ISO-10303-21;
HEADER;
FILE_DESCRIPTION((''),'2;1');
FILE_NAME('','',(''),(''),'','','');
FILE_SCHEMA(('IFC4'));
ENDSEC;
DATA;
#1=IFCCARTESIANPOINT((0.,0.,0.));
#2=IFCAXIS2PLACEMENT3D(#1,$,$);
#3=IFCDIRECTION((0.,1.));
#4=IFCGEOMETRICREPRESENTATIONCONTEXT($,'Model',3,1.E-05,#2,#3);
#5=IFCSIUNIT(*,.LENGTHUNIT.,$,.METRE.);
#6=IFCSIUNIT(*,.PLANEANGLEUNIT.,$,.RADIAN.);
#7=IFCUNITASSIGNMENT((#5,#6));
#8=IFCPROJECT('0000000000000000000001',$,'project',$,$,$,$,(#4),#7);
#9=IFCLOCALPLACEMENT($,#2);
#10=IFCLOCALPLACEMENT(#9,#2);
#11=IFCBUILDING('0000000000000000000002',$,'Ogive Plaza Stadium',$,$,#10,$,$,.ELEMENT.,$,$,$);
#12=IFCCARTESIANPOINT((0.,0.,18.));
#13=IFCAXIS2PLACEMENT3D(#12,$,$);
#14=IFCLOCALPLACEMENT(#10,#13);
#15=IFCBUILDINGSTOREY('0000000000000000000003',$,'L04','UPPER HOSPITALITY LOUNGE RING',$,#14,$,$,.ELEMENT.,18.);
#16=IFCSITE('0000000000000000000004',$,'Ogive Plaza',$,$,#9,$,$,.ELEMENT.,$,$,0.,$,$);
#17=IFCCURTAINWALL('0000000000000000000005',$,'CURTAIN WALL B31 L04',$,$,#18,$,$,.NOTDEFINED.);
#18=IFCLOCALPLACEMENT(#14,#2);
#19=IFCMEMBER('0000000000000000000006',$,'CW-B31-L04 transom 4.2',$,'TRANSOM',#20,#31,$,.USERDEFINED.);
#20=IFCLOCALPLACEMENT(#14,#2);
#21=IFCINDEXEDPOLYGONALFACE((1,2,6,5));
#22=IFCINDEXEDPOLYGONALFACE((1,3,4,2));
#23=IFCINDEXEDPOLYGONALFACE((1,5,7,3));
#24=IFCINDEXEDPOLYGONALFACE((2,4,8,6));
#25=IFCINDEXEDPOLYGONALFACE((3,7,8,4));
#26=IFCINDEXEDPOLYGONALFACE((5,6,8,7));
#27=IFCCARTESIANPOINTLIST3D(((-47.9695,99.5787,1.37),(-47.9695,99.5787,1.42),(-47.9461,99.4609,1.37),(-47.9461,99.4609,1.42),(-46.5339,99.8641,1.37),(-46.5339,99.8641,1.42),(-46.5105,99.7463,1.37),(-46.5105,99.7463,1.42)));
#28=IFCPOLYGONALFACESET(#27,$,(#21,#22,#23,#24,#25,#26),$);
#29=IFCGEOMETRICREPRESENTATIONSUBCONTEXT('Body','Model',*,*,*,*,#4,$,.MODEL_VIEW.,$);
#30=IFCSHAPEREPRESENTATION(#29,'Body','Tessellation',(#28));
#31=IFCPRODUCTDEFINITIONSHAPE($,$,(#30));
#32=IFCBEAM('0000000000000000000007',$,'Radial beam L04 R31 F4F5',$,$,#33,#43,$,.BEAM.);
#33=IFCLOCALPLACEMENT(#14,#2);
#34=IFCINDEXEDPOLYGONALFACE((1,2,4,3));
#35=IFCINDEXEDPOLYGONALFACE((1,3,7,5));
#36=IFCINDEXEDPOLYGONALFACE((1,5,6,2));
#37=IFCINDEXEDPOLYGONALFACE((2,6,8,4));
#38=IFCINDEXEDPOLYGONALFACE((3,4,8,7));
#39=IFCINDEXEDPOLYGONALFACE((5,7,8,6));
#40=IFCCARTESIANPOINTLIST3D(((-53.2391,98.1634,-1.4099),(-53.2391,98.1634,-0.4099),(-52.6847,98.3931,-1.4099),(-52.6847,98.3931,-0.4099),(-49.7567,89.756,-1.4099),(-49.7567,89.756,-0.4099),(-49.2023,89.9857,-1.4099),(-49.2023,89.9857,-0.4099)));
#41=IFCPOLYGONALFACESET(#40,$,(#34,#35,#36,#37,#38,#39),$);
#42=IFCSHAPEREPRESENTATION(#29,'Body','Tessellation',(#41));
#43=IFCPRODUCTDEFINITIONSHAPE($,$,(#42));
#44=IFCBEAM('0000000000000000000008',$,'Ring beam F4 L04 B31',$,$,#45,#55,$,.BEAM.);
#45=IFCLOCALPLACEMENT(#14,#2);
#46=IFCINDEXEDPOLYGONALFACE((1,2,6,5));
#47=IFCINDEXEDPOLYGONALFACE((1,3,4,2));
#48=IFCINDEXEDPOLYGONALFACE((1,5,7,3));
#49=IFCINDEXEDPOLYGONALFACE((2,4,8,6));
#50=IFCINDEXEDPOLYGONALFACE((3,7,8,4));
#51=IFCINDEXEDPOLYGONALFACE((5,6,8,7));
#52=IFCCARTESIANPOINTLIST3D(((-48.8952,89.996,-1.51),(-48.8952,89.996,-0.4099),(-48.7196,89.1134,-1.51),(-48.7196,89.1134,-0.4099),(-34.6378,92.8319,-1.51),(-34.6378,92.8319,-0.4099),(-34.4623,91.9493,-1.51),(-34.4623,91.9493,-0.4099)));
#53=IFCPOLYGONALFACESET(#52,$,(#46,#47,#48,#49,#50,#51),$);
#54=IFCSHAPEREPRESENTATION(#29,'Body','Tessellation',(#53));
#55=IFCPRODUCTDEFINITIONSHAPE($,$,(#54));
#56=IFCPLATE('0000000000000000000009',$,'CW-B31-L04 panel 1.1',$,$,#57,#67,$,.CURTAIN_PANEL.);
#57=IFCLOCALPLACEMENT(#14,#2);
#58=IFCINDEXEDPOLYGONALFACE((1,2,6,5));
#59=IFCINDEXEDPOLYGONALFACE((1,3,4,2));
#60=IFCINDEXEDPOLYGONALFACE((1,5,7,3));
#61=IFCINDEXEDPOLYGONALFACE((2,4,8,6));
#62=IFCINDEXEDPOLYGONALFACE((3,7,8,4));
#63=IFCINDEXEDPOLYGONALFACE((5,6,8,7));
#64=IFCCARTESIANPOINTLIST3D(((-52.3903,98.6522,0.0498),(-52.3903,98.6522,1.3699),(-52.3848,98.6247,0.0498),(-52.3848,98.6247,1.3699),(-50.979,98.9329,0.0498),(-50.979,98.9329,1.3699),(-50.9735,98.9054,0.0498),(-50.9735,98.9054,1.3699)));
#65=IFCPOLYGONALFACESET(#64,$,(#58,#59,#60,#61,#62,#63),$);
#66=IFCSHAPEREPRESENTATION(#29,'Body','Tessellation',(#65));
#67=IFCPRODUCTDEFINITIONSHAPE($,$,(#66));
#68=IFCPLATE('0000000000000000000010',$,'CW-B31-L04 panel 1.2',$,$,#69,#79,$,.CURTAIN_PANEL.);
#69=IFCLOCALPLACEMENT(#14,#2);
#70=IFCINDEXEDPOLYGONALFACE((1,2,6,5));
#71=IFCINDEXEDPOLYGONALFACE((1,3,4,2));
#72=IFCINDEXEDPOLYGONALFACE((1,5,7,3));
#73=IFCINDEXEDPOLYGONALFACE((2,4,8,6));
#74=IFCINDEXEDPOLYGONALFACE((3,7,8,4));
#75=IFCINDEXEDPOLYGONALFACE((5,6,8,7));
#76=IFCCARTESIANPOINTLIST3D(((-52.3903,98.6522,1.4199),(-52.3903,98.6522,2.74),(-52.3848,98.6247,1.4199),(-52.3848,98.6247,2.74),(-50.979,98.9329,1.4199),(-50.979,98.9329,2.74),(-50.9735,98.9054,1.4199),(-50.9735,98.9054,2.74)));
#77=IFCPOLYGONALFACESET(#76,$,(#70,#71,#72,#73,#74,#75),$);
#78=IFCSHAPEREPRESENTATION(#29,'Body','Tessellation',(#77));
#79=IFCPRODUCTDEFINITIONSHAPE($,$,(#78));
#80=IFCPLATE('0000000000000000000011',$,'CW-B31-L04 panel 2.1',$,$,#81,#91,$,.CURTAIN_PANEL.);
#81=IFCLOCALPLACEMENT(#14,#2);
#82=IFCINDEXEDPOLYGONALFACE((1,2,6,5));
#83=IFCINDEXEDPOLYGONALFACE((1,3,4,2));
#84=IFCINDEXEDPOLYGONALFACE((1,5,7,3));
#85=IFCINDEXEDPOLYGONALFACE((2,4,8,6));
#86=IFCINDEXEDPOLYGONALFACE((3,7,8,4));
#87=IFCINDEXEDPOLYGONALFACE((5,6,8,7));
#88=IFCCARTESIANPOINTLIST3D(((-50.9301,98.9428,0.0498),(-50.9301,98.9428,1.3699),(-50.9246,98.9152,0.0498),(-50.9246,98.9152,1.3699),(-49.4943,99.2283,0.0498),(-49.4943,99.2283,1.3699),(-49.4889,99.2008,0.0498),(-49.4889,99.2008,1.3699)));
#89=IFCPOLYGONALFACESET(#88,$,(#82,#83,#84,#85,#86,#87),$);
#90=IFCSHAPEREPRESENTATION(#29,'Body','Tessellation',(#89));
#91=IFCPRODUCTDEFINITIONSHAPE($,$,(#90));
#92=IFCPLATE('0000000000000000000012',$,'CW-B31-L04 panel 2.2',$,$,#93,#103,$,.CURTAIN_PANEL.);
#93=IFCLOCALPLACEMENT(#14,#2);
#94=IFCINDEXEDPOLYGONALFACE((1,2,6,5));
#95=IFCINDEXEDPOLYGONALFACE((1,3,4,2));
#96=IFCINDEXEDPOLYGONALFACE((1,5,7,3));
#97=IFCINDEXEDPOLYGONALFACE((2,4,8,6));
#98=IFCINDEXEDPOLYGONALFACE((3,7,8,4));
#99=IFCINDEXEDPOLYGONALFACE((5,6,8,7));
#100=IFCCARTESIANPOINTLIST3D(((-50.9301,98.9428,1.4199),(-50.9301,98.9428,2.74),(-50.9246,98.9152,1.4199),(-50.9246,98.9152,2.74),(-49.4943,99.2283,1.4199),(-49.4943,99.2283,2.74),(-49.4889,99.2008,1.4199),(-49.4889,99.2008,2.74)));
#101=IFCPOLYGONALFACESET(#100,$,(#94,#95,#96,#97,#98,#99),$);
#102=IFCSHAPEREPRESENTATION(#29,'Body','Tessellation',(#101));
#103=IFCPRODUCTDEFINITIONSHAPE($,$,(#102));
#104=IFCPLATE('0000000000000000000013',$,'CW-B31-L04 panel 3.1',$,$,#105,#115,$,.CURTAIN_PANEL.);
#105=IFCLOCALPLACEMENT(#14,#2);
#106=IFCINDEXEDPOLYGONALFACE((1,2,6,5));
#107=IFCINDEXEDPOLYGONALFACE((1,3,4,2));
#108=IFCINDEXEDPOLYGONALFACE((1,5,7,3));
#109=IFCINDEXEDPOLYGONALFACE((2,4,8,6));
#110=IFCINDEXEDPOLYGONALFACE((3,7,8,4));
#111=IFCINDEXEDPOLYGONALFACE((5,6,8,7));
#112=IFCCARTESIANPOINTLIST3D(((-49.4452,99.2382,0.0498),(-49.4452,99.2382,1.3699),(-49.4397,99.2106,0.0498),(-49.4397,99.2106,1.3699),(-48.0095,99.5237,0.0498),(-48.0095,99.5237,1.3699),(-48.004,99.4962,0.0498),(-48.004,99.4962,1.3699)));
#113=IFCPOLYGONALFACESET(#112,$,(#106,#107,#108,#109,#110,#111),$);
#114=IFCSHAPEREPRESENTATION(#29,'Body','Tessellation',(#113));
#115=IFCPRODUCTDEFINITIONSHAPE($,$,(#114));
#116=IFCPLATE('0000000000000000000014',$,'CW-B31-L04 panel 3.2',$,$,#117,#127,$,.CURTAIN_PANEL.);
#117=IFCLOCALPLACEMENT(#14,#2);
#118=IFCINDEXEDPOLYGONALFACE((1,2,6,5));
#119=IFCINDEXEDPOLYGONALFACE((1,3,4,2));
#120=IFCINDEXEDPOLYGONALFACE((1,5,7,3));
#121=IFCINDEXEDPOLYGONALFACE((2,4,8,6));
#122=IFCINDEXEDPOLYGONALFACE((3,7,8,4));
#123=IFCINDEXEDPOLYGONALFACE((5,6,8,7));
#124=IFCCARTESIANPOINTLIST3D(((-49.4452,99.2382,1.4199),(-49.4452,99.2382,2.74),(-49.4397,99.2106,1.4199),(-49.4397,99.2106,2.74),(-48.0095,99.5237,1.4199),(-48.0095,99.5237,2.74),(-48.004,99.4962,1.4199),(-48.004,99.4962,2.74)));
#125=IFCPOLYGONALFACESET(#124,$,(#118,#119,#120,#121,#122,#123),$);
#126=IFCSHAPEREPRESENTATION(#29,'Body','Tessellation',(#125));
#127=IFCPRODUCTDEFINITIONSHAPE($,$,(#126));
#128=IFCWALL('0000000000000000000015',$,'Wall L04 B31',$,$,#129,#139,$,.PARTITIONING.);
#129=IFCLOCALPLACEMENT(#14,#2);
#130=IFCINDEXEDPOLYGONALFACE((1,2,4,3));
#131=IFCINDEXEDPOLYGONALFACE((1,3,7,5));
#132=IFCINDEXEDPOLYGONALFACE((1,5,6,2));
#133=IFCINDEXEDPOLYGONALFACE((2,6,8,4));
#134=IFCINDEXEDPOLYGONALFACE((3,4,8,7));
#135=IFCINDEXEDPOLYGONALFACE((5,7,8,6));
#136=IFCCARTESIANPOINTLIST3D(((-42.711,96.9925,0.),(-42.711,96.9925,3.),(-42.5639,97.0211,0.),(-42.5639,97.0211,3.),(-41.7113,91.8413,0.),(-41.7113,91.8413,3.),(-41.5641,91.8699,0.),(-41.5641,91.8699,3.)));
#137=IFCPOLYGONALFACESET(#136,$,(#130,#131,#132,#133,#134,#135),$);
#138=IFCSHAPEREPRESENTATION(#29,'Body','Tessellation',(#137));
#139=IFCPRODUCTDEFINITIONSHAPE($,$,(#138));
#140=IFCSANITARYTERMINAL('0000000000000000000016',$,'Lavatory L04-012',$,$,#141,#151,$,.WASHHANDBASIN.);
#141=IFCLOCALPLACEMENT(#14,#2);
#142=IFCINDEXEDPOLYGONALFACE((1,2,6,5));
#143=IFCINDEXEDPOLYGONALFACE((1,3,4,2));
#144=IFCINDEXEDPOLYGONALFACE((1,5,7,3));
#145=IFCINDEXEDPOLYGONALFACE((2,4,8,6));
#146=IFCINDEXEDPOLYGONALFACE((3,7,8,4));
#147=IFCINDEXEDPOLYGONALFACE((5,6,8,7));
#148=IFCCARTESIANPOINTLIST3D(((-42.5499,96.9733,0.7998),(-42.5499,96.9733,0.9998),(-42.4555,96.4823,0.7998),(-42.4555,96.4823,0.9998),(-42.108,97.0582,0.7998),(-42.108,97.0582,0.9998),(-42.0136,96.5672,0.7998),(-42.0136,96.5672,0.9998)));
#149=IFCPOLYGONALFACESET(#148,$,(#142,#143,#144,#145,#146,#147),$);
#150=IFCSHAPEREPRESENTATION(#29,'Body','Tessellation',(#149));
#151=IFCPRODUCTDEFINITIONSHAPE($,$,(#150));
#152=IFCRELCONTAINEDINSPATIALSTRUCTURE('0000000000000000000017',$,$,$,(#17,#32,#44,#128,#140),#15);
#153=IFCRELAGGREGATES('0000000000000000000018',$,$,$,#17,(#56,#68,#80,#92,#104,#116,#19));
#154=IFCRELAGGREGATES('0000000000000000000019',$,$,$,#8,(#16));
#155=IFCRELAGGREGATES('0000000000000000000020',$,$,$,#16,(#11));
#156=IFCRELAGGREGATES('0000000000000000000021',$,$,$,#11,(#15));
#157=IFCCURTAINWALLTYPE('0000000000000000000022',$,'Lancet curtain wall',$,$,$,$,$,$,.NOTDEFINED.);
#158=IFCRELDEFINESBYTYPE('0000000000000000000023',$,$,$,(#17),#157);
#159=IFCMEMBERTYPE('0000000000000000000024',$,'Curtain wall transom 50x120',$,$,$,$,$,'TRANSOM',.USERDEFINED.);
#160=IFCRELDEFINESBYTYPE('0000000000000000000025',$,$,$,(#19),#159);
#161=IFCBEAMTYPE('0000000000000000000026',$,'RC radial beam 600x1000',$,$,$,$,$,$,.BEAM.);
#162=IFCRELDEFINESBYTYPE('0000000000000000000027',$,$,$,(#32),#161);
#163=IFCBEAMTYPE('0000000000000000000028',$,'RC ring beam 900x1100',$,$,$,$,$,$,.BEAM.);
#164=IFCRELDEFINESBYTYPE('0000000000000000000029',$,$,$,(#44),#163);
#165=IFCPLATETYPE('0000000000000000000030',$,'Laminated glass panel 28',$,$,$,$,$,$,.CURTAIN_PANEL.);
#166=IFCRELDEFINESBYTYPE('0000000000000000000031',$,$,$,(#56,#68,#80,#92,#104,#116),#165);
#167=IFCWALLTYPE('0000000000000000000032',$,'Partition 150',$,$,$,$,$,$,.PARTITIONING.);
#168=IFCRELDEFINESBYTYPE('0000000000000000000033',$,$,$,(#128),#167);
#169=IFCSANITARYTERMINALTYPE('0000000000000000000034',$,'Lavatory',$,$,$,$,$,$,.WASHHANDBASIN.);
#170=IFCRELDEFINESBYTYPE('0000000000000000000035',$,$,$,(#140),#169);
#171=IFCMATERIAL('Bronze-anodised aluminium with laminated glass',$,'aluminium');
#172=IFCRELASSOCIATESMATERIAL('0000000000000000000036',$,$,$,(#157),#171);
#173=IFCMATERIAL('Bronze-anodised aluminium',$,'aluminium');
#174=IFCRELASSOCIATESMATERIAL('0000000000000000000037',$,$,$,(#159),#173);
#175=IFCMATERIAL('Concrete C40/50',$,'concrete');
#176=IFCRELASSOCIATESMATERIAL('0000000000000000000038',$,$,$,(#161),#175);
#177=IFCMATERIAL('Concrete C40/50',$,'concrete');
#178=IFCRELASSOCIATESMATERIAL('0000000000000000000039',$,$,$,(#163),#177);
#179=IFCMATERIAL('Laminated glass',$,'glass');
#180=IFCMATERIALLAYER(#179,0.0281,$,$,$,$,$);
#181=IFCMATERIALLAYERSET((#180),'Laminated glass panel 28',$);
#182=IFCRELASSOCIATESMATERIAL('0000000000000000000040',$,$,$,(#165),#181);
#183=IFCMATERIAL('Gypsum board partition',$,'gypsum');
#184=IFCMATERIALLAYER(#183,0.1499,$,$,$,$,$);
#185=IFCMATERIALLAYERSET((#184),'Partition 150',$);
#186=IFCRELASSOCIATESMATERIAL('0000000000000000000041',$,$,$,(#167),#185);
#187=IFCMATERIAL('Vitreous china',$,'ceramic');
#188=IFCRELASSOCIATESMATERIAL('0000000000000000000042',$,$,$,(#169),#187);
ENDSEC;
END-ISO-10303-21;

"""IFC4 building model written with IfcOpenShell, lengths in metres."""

from ifc_helpers import new_model, si_unit, direction, frame, frame_2d, origin, origin_2d, place, context, subcontext, project, spatial, rectangle, extrude, material, layer, layer_set, material_profile, profile_set, type_object, element, aggregate, save


model = new_model("IFC4")

# Units and contexts
model_context = context("Model", 3, precision=1e-05, world=origin(), true_north=direction((0.0, 1.0)))
body_context = subcontext(model_context, "Body", "Model", "MODEL_VIEW")
ifc_project = project(units=[si_unit("LENGTHUNIT", "METRE"), si_unit("PLANEANGLEUNIT", "RADIAN")], contexts=[model_context])

# Site, building, storey
site_placement = place(None, origin())
site = spatial("IfcSite", under=ifc_project, at=site_placement, Name="Ogive Plaza", CompositionType="ELEMENT", RefElevation=0.0)
building_placement = place(site_placement, origin())
building = spatial("IfcBuilding", under=site, at=building_placement, Name="Ogive Plaza Stadium", CompositionType="ELEMENT")
storey_placement = place(building_placement, frame((0.0, 0.0, 18.0)))
storey = spatial("IfcBuildingStorey", under=building, at=storey_placement, Name="L04", Description="UPPER HOSPITALITY LOUNGE RING", CompositionType="ELEMENT", Elevation=18.0)

# Curtain wall, member
ifc_material_1 = material(Name="Bronze-anodised aluminium with laminated glass", Category="aluminium")
curtain_wall_type = type_object("IfcCurtainWallType", Name="Lancet curtain wall", PredefinedType="NOTDEFINED", material=ifc_material_1)
curtain_wall_placement = place(storey_placement, origin())
curtain_wall = element("IfcCurtainWall", 1, at=curtain_wall_placement, inside=storey, type_object=curtain_wall_type, Name="CURTAIN WALL B31 L04", PredefinedType="NOTDEFINED")
ifc_material_2 = material(Name="Bronze-anodised aluminium", Category="aluminium")
ifc_material_profile_1 = material_profile(ifc_material_2, rectangle(XDim=0.1201, YDim=0.05, at=origin_2d()), Name="AL 120x50")
ifc_profile_set_1 = profile_set([ifc_material_profile_1], Name="Bronze-anodised aluminium")
member_type_1 = type_object("IfcMemberType", Name="Curtain wall transom 50x120", ElementType="TRANSOM", PredefinedType="USERDEFINED", material=ifc_profile_set_1)
member_1_placement = place(storey_placement, frame((-47.9578, 99.5198, 1.395), z_axis=(0.980805, 0.194993, 0.0), x_axis=(-0.194993, 0.980805, 0.0)))
member_1 = element("IfcMember", 2, at=member_1_placement, type_object=member_type_1, Name="CW-B31-L04 transom 4.2", ObjectType="TRANSOM", PredefinedType="USERDEFINED", context=body_context, shape_type="SweptSolid", body=[
    extrude(rectangle(XDim=0.1201, YDim=0.05, at=origin_2d()), origin(), (0.0, 0.0, 1.0), 1.4636),
])

# Beams
ifc_material_3 = material(Name="Concrete C40/50", Category="concrete")
ifc_material_profile_2 = material_profile(ifc_material_3, rectangle(XDim=0.6001, YDim=1.0, at=origin_2d()), Name="RC 600x1000")
ifc_profile_set_2 = profile_set([ifc_material_profile_2], Name="Concrete C40/50")
beam_type_1 = type_object("IfcBeamType", Name="RC radial beam 600x1000", PredefinedType="BEAM", material=ifc_profile_set_2)
beam_1_placement = place(storey_placement, frame((-49.4795, 89.8708, -0.9099), z_axis=(-0.382677, 0.923882, 0.0), x_axis=(-0.923882, -0.382677, 0.0)))
element("IfcBeam", 3, at=beam_1_placement, inside=storey, type_object=beam_type_1, Name="Radial beam L04 R31 F4F5", PredefinedType="BEAM", context=body_context, shape_type="SweptSolid", body=[
    extrude(rectangle(XDim=0.6001, YDim=1.0, at=origin_2d()), origin(), (0.0, 0.0, 1.0), 9.1001),
])
ifc_material_4 = material(Name="Concrete C40/50", Category="concrete")
ifc_material_profile_3 = material_profile(ifc_material_4, rectangle(XDim=0.8999, YDim=1.1001, at=origin_2d()), Name="RC 900x1100")
ifc_profile_set_3 = profile_set([ifc_material_profile_3], Name="Concrete C40/50")
beam_type_2 = type_object("IfcBeamType", Name="RC ring beam 900x1100", PredefinedType="BEAM", material=ifc_profile_set_3)
beam_2_placement = place(storey_placement, frame((-48.8074, 89.5547, -0.96), z_axis=(0.980786, 0.195089, 0.0), x_axis=(-0.195089, 0.980786, 0.0)))
element("IfcBeam", 4, at=beam_2_placement, inside=storey, type_object=beam_type_2, Name="Ring beam F4 L04 B31", PredefinedType="BEAM", context=body_context, shape_type="SweptSolid", body=[
    extrude(rectangle(XDim=0.8999, YDim=1.1001, at=origin_2d()), origin(), (0.0, 0.0, 1.0), 14.5366),
])

# Plates
ifc_material_5 = material(Name="Laminated glass", Category="glass")
ifc_layer_1 = layer(ifc_material_5, 0.0281)
ifc_layer_set_1 = layer_set([ifc_layer_1], Name="Laminated glass panel 28")
plate_type = type_object("IfcPlateType", Name="Laminated glass panel 28", PredefinedType="CURTAIN_PANEL", material=ifc_layer_set_1)
plate_1_placement = place(storey_placement, frame((-51.6819, 98.7788, 0.0498), z_axis=(0.0, 0.0, 1.0), x_axis=(0.980785, 0.19509, 0.0)))
plate_1 = element("IfcPlate", 5, at=plate_1_placement, type_object=plate_type, Name="CW-B31-L04 panel 1.1", PredefinedType="CURTAIN_PANEL", context=body_context, shape_type="SweptSolid", body=[
    extrude(rectangle(XDim=1.439, YDim=0.0281, at=origin_2d()), origin(), (0.0, 0.0, 1.0), 1.3201),
])
plate_2_placement = place(storey_placement, frame((-51.6819, 98.7788, 1.4199), z_axis=(0.0, 0.0, 1.0), x_axis=(0.980785, 0.19509, 0.0)))
plate_2 = element("IfcPlate", 6, at=plate_2_placement, type_object=plate_type, Name="CW-B31-L04 panel 1.2", PredefinedType="CURTAIN_PANEL", context=body_context, shape_type="SweptSolid", body=[
    extrude(rectangle(XDim=1.439, YDim=0.0281, at=origin_2d()), origin(), (0.0, 0.0, 1.0), 1.3201),
])
plate_3_placement = place(storey_placement, frame((-50.2095, 99.0718, 0.0498), z_axis=(0.0, 0.0, 1.0), x_axis=(0.980785, 0.19509, 0.0)))
plate_3 = element("IfcPlate", 7, at=plate_3_placement, type_object=plate_type, Name="CW-B31-L04 panel 2.1", PredefinedType="CURTAIN_PANEL", context=body_context, shape_type="SweptSolid", body=[
    extrude(rectangle(XDim=1.4639, YDim=0.0281, at=origin_2d()), origin(), (0.0, 0.0, 1.0), 1.3201),
])
plate_4_placement = place(storey_placement, frame((-50.2095, 99.0718, 1.4199), z_axis=(0.0, 0.0, 1.0), x_axis=(0.980785, 0.19509, 0.0)))
plate_4 = element("IfcPlate", 8, at=plate_4_placement, type_object=plate_type, Name="CW-B31-L04 panel 2.2", PredefinedType="CURTAIN_PANEL", context=body_context, shape_type="SweptSolid", body=[
    extrude(rectangle(XDim=1.4639, YDim=0.0281, at=origin_2d()), origin(), (0.0, 0.0, 1.0), 1.3201),
])
plate_5_placement = place(storey_placement, frame((-48.7246, 99.3672, 0.0498), z_axis=(0.0, 0.0, 1.0), x_axis=(0.980785, 0.19509, 0.0)))
plate_5 = element("IfcPlate", 9, at=plate_5_placement, type_object=plate_type, Name="CW-B31-L04 panel 3.1", PredefinedType="CURTAIN_PANEL", context=body_context, shape_type="SweptSolid", body=[
    extrude(rectangle(XDim=1.4639, YDim=0.0281, at=origin_2d()), origin(), (0.0, 0.0, 1.0), 1.3201),
])
plate_6_placement = place(storey_placement, frame((-48.7246, 99.3672, 1.4199), z_axis=(0.0, 0.0, 1.0), x_axis=(0.980785, 0.19509, 0.0)))
plate_6 = element("IfcPlate", 10, at=plate_6_placement, type_object=plate_type, Name="CW-B31-L04 panel 3.2", PredefinedType="CURTAIN_PANEL", context=body_context, shape_type="SweptSolid", body=[
    extrude(rectangle(XDim=1.4639, YDim=0.0281, at=origin_2d()), origin(), (0.0, 0.0, 1.0), 1.3201),
])
aggregate(curtain_wall, [plate_1, plate_2, plate_3, plate_4, plate_5, plate_6, member_1])

# Wall
ifc_material_6 = material(Name="Gypsum board partition", Category="gypsum")
ifc_layer_2 = layer(ifc_material_6, 0.1499)
ifc_layer_set_2 = layer_set([ifc_layer_2], Name="Partition 150")
wall_type = type_object("IfcWallType", Name="Partition 150", PredefinedType="PARTITIONING", material=ifc_layer_set_2)
wall_placement = place(storey_placement, frame((-41.6377, 91.8557, 0.0), z_axis=(0.0, 0.0, 1.0), x_axis=(-0.19053, 0.981681, 0.0)))
element("IfcWall", 11, at=wall_placement, inside=storey, type_object=wall_type, Name="Wall L04 B31", PredefinedType="PARTITIONING", context=body_context, shape_type="SweptSolid", body=[
    extrude(rectangle(XDim=5.2473, YDim=0.1499, at=frame_2d((2.6235, 0.0))), origin(), (0.0, 0.0, 1.0), 3.0),
])

# Sanitary terminal
ifc_material_7 = material(Name="Vitreous china", Category="ceramic")
sanitary_terminal_type = type_object("IfcSanitaryTerminalType", Name="Lavatory", PredefinedType="WASHHANDBASIN", material=ifc_material_7)
sanitary_terminal_placement = place(storey_placement, frame((-42.2817, 96.7703, 0.7998), z_axis=(0.0, 0.0, 1.0), x_axis=(0.188789, -0.982018, 0.0)))
element("IfcSanitaryTerminal", 12, at=sanitary_terminal_placement, inside=storey, type_object=sanitary_terminal_type, Name="Lavatory L04-012", PredefinedType="WASHHANDBASIN", context=body_context, shape_type="SweptSolid", body=[
    extrude(rectangle(XDim=0.5, YDim=0.45, at=origin_2d()), origin(), (0.0, 0.0, 1.0), 0.2),
])

save(model, "model.ifc")
